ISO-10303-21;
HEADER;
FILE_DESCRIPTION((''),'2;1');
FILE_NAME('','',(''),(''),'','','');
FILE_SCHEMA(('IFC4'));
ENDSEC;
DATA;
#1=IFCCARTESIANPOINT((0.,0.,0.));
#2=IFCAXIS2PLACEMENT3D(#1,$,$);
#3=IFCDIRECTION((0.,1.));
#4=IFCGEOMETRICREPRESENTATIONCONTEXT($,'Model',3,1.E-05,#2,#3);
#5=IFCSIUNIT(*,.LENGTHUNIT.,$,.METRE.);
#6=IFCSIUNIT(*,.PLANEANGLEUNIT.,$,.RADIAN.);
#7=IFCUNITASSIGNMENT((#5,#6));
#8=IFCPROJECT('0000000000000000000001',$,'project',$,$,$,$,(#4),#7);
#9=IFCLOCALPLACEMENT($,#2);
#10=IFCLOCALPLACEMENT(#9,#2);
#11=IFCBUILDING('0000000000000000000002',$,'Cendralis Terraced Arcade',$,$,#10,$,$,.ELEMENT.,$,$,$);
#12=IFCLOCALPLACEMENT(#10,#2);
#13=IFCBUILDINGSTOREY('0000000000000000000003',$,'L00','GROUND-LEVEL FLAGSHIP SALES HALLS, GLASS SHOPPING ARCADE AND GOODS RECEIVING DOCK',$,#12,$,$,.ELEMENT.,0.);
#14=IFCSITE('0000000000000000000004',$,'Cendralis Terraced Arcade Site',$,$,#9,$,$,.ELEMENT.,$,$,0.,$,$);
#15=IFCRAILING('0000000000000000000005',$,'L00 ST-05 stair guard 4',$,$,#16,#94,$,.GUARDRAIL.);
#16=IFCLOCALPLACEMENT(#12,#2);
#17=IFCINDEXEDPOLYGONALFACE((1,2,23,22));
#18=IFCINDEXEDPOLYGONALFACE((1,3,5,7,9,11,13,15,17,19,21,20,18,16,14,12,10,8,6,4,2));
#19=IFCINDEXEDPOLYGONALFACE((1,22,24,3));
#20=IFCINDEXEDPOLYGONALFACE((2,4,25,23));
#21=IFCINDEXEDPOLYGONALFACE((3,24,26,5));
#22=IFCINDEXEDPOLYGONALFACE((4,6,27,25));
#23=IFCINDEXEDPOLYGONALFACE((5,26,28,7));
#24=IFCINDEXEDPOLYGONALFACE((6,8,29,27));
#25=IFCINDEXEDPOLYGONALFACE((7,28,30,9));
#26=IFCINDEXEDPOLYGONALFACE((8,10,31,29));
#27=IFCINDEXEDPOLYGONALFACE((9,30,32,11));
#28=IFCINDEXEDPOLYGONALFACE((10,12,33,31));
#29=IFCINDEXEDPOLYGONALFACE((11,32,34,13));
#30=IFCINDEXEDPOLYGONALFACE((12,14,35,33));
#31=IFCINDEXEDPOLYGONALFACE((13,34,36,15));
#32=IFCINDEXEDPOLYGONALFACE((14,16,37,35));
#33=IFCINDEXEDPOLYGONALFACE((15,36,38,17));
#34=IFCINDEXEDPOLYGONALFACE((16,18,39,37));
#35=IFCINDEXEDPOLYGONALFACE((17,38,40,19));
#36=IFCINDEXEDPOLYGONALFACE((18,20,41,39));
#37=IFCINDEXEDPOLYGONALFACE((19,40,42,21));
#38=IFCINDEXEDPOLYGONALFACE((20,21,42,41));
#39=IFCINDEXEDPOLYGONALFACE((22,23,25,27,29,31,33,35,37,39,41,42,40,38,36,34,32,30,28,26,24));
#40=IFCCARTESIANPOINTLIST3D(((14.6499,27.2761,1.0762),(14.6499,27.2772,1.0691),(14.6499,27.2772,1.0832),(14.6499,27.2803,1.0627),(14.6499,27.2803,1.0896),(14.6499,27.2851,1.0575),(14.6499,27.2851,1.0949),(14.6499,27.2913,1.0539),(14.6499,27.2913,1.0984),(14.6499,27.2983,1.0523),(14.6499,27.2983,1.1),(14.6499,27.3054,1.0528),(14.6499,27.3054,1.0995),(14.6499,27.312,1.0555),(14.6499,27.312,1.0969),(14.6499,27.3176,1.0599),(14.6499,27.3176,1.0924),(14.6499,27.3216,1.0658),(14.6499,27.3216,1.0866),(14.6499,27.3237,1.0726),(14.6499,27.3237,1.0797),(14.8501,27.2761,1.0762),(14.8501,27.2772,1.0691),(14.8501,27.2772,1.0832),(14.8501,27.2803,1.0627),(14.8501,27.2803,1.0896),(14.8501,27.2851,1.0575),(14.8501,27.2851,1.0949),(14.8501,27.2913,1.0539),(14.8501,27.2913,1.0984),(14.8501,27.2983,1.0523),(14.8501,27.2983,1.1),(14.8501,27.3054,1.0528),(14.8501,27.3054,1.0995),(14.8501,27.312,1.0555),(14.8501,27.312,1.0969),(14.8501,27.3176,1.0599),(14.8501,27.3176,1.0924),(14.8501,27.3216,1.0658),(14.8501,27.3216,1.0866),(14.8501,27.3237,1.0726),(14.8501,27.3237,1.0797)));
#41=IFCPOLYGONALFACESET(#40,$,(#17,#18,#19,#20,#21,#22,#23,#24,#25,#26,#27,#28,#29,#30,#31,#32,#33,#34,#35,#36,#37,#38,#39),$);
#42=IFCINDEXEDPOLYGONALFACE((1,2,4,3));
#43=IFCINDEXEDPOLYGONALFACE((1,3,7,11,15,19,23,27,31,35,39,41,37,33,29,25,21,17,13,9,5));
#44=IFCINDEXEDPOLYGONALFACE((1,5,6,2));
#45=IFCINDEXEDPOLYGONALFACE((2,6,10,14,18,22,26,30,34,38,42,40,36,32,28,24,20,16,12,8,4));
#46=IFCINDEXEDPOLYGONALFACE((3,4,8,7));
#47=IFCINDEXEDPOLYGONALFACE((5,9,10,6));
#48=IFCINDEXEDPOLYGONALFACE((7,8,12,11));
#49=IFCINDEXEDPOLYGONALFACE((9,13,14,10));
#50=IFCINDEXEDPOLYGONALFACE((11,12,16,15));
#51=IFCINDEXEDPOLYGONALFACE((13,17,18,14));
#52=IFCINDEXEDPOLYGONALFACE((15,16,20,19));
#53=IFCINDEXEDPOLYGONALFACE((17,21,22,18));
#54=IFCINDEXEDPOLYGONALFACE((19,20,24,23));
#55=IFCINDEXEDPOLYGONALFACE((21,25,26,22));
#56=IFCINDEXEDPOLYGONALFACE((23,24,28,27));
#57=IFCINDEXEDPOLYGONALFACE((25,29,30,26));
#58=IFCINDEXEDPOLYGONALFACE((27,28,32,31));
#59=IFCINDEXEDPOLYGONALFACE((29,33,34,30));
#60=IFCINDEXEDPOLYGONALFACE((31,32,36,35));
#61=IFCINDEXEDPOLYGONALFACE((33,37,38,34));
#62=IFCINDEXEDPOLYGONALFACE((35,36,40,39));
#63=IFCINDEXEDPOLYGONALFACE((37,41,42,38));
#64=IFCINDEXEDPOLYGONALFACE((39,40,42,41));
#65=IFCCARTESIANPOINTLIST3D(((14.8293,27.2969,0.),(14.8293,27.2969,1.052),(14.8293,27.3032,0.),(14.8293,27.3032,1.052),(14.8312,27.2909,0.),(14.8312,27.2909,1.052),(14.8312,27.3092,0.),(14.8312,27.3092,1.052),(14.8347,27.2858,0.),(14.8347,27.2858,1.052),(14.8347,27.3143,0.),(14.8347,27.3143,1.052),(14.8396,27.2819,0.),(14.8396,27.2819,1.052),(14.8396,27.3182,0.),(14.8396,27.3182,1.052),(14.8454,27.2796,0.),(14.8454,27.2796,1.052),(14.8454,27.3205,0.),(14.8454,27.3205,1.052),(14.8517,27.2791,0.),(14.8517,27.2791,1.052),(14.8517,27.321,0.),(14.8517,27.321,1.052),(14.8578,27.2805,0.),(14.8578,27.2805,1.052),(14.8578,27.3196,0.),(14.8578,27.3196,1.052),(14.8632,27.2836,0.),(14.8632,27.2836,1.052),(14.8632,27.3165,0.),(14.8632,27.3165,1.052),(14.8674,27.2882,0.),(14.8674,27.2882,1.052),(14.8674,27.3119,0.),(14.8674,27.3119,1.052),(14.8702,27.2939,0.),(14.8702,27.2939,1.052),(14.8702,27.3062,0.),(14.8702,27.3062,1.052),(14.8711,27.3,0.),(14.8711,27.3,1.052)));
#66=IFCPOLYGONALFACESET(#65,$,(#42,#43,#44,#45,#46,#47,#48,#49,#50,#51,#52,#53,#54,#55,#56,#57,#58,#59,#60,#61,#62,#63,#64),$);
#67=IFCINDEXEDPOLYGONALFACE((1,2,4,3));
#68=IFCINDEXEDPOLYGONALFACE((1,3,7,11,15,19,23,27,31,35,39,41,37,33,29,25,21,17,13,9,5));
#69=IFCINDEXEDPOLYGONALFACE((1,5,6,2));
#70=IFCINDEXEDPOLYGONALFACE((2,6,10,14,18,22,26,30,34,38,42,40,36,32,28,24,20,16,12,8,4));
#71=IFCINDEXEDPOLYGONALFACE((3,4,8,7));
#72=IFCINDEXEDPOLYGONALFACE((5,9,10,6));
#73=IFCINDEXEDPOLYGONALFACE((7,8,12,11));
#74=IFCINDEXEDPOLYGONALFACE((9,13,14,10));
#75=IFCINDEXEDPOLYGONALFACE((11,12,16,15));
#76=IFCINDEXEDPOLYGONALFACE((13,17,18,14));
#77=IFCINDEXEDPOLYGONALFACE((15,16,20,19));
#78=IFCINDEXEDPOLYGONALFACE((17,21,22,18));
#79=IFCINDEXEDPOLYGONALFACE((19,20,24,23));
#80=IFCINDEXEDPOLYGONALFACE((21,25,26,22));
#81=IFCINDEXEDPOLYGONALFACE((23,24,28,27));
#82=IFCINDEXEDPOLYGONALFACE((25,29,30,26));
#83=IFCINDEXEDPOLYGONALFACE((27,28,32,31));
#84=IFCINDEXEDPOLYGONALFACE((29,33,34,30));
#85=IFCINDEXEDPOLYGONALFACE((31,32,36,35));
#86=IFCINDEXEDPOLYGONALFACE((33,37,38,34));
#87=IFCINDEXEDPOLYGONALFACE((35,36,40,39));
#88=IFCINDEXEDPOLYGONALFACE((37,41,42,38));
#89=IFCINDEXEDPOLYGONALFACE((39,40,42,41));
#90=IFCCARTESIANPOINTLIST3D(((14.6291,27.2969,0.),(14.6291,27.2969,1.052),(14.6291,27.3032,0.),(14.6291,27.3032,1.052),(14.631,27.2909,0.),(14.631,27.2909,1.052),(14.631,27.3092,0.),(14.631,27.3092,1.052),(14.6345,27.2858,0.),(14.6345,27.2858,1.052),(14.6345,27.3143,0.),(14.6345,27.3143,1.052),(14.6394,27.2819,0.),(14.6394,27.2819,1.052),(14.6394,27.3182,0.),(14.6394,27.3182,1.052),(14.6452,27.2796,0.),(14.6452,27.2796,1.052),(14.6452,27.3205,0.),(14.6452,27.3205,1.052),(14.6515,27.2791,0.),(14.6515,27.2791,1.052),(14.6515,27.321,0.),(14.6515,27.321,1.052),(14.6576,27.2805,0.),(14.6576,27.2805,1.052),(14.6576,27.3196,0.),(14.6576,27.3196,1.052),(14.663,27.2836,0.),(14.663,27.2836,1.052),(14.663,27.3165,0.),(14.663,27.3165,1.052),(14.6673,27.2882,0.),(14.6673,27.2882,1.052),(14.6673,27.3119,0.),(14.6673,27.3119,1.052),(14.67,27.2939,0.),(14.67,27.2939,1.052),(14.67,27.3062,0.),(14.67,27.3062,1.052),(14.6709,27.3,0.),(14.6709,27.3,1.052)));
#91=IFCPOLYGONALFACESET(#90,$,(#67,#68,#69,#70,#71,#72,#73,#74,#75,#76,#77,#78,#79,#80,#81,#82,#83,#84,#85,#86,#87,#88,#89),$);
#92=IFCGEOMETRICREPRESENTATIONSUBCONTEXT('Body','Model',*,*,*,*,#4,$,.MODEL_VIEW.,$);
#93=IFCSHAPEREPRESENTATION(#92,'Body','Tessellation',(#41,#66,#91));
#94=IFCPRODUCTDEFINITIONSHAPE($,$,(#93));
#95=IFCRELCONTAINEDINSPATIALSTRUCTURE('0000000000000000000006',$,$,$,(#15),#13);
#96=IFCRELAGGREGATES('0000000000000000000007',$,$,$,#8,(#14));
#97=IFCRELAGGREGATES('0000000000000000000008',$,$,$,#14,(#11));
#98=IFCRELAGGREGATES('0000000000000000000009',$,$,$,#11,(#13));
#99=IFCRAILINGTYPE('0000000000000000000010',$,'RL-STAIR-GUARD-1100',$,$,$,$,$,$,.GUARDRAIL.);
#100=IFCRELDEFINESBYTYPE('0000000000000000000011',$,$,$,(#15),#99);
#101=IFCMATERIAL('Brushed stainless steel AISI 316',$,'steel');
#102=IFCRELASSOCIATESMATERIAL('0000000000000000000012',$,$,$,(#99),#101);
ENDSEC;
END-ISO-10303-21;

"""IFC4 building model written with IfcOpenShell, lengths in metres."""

from ifc_helpers import new_model, si_unit, direction, frame, origin, origin_2d, place, context, subcontext, project, spatial, circle, extrude, material, type_object, element, save


model = new_model("IFC4")

# Units and contexts
model_context = context("Model", 3, precision=1e-05, world=origin(), true_north=direction((0.0, 1.0)))
body_context = subcontext(model_context, "Body", "Model", "MODEL_VIEW")
ifc_project = project(units=[si_unit("LENGTHUNIT", "METRE"), si_unit("PLANEANGLEUNIT", "RADIAN")], contexts=[model_context])

# Site, building, storey
site_placement = place(None, origin())
site = spatial("IfcSite", under=ifc_project, at=site_placement, Name="Cendralis Terraced Arcade Site", CompositionType="ELEMENT", RefElevation=0.0)
building_placement = place(site_placement, origin())
building = spatial("IfcBuilding", under=site, at=building_placement, Name="Cendralis Terraced Arcade", CompositionType="ELEMENT")
storey_placement = place(building_placement, origin())
storey = spatial("IfcBuildingStorey", under=building, at=storey_placement, Name="L00", Description="GROUND-LEVEL FLAGSHIP SALES HALLS, GLASS SHOPPING ARCADE AND GOODS RECEIVING DOCK", CompositionType="ELEMENT", Elevation=0.0)

# Railing
ifc_material_1 = material(Name="Brushed stainless steel AISI 316", Category="steel")
railing_type_1 = type_object("IfcRailingType", Name="RL-STAIR-GUARD-1100", PredefinedType="GUARDRAIL", material=ifc_material_1)
railing_1_placement = place(storey_placement, frame((14.8501, 27.3, 0.0)))
element("IfcRailing", 1, at=railing_1_placement, inside=storey, type_object=railing_type_1, Name="L00 ST-05 stair guard 4", PredefinedType="GUARDRAIL", context=body_context, shape_type="SweptSolid", body=[
    extrude(circle(Radius=0.0239, at=origin_2d()), frame((0.0, 0.0, 1.0762), z_axis=(-1.0, 0.0, 0.0), x_axis=(0.0, -1.0, 0.0)), (0.0, 0.0, 1.0), 0.2002),
    extrude(circle(Radius=0.021, at=origin_2d()), origin(), (0.0, 0.0, 1.0), 1.052),
    extrude(circle(Radius=0.021, at=origin_2d()), frame((-0.2002, 0.0, 0.0)), (0.0, 0.0, 1.0), 1.052),
])

save(model, "model.ifc")
